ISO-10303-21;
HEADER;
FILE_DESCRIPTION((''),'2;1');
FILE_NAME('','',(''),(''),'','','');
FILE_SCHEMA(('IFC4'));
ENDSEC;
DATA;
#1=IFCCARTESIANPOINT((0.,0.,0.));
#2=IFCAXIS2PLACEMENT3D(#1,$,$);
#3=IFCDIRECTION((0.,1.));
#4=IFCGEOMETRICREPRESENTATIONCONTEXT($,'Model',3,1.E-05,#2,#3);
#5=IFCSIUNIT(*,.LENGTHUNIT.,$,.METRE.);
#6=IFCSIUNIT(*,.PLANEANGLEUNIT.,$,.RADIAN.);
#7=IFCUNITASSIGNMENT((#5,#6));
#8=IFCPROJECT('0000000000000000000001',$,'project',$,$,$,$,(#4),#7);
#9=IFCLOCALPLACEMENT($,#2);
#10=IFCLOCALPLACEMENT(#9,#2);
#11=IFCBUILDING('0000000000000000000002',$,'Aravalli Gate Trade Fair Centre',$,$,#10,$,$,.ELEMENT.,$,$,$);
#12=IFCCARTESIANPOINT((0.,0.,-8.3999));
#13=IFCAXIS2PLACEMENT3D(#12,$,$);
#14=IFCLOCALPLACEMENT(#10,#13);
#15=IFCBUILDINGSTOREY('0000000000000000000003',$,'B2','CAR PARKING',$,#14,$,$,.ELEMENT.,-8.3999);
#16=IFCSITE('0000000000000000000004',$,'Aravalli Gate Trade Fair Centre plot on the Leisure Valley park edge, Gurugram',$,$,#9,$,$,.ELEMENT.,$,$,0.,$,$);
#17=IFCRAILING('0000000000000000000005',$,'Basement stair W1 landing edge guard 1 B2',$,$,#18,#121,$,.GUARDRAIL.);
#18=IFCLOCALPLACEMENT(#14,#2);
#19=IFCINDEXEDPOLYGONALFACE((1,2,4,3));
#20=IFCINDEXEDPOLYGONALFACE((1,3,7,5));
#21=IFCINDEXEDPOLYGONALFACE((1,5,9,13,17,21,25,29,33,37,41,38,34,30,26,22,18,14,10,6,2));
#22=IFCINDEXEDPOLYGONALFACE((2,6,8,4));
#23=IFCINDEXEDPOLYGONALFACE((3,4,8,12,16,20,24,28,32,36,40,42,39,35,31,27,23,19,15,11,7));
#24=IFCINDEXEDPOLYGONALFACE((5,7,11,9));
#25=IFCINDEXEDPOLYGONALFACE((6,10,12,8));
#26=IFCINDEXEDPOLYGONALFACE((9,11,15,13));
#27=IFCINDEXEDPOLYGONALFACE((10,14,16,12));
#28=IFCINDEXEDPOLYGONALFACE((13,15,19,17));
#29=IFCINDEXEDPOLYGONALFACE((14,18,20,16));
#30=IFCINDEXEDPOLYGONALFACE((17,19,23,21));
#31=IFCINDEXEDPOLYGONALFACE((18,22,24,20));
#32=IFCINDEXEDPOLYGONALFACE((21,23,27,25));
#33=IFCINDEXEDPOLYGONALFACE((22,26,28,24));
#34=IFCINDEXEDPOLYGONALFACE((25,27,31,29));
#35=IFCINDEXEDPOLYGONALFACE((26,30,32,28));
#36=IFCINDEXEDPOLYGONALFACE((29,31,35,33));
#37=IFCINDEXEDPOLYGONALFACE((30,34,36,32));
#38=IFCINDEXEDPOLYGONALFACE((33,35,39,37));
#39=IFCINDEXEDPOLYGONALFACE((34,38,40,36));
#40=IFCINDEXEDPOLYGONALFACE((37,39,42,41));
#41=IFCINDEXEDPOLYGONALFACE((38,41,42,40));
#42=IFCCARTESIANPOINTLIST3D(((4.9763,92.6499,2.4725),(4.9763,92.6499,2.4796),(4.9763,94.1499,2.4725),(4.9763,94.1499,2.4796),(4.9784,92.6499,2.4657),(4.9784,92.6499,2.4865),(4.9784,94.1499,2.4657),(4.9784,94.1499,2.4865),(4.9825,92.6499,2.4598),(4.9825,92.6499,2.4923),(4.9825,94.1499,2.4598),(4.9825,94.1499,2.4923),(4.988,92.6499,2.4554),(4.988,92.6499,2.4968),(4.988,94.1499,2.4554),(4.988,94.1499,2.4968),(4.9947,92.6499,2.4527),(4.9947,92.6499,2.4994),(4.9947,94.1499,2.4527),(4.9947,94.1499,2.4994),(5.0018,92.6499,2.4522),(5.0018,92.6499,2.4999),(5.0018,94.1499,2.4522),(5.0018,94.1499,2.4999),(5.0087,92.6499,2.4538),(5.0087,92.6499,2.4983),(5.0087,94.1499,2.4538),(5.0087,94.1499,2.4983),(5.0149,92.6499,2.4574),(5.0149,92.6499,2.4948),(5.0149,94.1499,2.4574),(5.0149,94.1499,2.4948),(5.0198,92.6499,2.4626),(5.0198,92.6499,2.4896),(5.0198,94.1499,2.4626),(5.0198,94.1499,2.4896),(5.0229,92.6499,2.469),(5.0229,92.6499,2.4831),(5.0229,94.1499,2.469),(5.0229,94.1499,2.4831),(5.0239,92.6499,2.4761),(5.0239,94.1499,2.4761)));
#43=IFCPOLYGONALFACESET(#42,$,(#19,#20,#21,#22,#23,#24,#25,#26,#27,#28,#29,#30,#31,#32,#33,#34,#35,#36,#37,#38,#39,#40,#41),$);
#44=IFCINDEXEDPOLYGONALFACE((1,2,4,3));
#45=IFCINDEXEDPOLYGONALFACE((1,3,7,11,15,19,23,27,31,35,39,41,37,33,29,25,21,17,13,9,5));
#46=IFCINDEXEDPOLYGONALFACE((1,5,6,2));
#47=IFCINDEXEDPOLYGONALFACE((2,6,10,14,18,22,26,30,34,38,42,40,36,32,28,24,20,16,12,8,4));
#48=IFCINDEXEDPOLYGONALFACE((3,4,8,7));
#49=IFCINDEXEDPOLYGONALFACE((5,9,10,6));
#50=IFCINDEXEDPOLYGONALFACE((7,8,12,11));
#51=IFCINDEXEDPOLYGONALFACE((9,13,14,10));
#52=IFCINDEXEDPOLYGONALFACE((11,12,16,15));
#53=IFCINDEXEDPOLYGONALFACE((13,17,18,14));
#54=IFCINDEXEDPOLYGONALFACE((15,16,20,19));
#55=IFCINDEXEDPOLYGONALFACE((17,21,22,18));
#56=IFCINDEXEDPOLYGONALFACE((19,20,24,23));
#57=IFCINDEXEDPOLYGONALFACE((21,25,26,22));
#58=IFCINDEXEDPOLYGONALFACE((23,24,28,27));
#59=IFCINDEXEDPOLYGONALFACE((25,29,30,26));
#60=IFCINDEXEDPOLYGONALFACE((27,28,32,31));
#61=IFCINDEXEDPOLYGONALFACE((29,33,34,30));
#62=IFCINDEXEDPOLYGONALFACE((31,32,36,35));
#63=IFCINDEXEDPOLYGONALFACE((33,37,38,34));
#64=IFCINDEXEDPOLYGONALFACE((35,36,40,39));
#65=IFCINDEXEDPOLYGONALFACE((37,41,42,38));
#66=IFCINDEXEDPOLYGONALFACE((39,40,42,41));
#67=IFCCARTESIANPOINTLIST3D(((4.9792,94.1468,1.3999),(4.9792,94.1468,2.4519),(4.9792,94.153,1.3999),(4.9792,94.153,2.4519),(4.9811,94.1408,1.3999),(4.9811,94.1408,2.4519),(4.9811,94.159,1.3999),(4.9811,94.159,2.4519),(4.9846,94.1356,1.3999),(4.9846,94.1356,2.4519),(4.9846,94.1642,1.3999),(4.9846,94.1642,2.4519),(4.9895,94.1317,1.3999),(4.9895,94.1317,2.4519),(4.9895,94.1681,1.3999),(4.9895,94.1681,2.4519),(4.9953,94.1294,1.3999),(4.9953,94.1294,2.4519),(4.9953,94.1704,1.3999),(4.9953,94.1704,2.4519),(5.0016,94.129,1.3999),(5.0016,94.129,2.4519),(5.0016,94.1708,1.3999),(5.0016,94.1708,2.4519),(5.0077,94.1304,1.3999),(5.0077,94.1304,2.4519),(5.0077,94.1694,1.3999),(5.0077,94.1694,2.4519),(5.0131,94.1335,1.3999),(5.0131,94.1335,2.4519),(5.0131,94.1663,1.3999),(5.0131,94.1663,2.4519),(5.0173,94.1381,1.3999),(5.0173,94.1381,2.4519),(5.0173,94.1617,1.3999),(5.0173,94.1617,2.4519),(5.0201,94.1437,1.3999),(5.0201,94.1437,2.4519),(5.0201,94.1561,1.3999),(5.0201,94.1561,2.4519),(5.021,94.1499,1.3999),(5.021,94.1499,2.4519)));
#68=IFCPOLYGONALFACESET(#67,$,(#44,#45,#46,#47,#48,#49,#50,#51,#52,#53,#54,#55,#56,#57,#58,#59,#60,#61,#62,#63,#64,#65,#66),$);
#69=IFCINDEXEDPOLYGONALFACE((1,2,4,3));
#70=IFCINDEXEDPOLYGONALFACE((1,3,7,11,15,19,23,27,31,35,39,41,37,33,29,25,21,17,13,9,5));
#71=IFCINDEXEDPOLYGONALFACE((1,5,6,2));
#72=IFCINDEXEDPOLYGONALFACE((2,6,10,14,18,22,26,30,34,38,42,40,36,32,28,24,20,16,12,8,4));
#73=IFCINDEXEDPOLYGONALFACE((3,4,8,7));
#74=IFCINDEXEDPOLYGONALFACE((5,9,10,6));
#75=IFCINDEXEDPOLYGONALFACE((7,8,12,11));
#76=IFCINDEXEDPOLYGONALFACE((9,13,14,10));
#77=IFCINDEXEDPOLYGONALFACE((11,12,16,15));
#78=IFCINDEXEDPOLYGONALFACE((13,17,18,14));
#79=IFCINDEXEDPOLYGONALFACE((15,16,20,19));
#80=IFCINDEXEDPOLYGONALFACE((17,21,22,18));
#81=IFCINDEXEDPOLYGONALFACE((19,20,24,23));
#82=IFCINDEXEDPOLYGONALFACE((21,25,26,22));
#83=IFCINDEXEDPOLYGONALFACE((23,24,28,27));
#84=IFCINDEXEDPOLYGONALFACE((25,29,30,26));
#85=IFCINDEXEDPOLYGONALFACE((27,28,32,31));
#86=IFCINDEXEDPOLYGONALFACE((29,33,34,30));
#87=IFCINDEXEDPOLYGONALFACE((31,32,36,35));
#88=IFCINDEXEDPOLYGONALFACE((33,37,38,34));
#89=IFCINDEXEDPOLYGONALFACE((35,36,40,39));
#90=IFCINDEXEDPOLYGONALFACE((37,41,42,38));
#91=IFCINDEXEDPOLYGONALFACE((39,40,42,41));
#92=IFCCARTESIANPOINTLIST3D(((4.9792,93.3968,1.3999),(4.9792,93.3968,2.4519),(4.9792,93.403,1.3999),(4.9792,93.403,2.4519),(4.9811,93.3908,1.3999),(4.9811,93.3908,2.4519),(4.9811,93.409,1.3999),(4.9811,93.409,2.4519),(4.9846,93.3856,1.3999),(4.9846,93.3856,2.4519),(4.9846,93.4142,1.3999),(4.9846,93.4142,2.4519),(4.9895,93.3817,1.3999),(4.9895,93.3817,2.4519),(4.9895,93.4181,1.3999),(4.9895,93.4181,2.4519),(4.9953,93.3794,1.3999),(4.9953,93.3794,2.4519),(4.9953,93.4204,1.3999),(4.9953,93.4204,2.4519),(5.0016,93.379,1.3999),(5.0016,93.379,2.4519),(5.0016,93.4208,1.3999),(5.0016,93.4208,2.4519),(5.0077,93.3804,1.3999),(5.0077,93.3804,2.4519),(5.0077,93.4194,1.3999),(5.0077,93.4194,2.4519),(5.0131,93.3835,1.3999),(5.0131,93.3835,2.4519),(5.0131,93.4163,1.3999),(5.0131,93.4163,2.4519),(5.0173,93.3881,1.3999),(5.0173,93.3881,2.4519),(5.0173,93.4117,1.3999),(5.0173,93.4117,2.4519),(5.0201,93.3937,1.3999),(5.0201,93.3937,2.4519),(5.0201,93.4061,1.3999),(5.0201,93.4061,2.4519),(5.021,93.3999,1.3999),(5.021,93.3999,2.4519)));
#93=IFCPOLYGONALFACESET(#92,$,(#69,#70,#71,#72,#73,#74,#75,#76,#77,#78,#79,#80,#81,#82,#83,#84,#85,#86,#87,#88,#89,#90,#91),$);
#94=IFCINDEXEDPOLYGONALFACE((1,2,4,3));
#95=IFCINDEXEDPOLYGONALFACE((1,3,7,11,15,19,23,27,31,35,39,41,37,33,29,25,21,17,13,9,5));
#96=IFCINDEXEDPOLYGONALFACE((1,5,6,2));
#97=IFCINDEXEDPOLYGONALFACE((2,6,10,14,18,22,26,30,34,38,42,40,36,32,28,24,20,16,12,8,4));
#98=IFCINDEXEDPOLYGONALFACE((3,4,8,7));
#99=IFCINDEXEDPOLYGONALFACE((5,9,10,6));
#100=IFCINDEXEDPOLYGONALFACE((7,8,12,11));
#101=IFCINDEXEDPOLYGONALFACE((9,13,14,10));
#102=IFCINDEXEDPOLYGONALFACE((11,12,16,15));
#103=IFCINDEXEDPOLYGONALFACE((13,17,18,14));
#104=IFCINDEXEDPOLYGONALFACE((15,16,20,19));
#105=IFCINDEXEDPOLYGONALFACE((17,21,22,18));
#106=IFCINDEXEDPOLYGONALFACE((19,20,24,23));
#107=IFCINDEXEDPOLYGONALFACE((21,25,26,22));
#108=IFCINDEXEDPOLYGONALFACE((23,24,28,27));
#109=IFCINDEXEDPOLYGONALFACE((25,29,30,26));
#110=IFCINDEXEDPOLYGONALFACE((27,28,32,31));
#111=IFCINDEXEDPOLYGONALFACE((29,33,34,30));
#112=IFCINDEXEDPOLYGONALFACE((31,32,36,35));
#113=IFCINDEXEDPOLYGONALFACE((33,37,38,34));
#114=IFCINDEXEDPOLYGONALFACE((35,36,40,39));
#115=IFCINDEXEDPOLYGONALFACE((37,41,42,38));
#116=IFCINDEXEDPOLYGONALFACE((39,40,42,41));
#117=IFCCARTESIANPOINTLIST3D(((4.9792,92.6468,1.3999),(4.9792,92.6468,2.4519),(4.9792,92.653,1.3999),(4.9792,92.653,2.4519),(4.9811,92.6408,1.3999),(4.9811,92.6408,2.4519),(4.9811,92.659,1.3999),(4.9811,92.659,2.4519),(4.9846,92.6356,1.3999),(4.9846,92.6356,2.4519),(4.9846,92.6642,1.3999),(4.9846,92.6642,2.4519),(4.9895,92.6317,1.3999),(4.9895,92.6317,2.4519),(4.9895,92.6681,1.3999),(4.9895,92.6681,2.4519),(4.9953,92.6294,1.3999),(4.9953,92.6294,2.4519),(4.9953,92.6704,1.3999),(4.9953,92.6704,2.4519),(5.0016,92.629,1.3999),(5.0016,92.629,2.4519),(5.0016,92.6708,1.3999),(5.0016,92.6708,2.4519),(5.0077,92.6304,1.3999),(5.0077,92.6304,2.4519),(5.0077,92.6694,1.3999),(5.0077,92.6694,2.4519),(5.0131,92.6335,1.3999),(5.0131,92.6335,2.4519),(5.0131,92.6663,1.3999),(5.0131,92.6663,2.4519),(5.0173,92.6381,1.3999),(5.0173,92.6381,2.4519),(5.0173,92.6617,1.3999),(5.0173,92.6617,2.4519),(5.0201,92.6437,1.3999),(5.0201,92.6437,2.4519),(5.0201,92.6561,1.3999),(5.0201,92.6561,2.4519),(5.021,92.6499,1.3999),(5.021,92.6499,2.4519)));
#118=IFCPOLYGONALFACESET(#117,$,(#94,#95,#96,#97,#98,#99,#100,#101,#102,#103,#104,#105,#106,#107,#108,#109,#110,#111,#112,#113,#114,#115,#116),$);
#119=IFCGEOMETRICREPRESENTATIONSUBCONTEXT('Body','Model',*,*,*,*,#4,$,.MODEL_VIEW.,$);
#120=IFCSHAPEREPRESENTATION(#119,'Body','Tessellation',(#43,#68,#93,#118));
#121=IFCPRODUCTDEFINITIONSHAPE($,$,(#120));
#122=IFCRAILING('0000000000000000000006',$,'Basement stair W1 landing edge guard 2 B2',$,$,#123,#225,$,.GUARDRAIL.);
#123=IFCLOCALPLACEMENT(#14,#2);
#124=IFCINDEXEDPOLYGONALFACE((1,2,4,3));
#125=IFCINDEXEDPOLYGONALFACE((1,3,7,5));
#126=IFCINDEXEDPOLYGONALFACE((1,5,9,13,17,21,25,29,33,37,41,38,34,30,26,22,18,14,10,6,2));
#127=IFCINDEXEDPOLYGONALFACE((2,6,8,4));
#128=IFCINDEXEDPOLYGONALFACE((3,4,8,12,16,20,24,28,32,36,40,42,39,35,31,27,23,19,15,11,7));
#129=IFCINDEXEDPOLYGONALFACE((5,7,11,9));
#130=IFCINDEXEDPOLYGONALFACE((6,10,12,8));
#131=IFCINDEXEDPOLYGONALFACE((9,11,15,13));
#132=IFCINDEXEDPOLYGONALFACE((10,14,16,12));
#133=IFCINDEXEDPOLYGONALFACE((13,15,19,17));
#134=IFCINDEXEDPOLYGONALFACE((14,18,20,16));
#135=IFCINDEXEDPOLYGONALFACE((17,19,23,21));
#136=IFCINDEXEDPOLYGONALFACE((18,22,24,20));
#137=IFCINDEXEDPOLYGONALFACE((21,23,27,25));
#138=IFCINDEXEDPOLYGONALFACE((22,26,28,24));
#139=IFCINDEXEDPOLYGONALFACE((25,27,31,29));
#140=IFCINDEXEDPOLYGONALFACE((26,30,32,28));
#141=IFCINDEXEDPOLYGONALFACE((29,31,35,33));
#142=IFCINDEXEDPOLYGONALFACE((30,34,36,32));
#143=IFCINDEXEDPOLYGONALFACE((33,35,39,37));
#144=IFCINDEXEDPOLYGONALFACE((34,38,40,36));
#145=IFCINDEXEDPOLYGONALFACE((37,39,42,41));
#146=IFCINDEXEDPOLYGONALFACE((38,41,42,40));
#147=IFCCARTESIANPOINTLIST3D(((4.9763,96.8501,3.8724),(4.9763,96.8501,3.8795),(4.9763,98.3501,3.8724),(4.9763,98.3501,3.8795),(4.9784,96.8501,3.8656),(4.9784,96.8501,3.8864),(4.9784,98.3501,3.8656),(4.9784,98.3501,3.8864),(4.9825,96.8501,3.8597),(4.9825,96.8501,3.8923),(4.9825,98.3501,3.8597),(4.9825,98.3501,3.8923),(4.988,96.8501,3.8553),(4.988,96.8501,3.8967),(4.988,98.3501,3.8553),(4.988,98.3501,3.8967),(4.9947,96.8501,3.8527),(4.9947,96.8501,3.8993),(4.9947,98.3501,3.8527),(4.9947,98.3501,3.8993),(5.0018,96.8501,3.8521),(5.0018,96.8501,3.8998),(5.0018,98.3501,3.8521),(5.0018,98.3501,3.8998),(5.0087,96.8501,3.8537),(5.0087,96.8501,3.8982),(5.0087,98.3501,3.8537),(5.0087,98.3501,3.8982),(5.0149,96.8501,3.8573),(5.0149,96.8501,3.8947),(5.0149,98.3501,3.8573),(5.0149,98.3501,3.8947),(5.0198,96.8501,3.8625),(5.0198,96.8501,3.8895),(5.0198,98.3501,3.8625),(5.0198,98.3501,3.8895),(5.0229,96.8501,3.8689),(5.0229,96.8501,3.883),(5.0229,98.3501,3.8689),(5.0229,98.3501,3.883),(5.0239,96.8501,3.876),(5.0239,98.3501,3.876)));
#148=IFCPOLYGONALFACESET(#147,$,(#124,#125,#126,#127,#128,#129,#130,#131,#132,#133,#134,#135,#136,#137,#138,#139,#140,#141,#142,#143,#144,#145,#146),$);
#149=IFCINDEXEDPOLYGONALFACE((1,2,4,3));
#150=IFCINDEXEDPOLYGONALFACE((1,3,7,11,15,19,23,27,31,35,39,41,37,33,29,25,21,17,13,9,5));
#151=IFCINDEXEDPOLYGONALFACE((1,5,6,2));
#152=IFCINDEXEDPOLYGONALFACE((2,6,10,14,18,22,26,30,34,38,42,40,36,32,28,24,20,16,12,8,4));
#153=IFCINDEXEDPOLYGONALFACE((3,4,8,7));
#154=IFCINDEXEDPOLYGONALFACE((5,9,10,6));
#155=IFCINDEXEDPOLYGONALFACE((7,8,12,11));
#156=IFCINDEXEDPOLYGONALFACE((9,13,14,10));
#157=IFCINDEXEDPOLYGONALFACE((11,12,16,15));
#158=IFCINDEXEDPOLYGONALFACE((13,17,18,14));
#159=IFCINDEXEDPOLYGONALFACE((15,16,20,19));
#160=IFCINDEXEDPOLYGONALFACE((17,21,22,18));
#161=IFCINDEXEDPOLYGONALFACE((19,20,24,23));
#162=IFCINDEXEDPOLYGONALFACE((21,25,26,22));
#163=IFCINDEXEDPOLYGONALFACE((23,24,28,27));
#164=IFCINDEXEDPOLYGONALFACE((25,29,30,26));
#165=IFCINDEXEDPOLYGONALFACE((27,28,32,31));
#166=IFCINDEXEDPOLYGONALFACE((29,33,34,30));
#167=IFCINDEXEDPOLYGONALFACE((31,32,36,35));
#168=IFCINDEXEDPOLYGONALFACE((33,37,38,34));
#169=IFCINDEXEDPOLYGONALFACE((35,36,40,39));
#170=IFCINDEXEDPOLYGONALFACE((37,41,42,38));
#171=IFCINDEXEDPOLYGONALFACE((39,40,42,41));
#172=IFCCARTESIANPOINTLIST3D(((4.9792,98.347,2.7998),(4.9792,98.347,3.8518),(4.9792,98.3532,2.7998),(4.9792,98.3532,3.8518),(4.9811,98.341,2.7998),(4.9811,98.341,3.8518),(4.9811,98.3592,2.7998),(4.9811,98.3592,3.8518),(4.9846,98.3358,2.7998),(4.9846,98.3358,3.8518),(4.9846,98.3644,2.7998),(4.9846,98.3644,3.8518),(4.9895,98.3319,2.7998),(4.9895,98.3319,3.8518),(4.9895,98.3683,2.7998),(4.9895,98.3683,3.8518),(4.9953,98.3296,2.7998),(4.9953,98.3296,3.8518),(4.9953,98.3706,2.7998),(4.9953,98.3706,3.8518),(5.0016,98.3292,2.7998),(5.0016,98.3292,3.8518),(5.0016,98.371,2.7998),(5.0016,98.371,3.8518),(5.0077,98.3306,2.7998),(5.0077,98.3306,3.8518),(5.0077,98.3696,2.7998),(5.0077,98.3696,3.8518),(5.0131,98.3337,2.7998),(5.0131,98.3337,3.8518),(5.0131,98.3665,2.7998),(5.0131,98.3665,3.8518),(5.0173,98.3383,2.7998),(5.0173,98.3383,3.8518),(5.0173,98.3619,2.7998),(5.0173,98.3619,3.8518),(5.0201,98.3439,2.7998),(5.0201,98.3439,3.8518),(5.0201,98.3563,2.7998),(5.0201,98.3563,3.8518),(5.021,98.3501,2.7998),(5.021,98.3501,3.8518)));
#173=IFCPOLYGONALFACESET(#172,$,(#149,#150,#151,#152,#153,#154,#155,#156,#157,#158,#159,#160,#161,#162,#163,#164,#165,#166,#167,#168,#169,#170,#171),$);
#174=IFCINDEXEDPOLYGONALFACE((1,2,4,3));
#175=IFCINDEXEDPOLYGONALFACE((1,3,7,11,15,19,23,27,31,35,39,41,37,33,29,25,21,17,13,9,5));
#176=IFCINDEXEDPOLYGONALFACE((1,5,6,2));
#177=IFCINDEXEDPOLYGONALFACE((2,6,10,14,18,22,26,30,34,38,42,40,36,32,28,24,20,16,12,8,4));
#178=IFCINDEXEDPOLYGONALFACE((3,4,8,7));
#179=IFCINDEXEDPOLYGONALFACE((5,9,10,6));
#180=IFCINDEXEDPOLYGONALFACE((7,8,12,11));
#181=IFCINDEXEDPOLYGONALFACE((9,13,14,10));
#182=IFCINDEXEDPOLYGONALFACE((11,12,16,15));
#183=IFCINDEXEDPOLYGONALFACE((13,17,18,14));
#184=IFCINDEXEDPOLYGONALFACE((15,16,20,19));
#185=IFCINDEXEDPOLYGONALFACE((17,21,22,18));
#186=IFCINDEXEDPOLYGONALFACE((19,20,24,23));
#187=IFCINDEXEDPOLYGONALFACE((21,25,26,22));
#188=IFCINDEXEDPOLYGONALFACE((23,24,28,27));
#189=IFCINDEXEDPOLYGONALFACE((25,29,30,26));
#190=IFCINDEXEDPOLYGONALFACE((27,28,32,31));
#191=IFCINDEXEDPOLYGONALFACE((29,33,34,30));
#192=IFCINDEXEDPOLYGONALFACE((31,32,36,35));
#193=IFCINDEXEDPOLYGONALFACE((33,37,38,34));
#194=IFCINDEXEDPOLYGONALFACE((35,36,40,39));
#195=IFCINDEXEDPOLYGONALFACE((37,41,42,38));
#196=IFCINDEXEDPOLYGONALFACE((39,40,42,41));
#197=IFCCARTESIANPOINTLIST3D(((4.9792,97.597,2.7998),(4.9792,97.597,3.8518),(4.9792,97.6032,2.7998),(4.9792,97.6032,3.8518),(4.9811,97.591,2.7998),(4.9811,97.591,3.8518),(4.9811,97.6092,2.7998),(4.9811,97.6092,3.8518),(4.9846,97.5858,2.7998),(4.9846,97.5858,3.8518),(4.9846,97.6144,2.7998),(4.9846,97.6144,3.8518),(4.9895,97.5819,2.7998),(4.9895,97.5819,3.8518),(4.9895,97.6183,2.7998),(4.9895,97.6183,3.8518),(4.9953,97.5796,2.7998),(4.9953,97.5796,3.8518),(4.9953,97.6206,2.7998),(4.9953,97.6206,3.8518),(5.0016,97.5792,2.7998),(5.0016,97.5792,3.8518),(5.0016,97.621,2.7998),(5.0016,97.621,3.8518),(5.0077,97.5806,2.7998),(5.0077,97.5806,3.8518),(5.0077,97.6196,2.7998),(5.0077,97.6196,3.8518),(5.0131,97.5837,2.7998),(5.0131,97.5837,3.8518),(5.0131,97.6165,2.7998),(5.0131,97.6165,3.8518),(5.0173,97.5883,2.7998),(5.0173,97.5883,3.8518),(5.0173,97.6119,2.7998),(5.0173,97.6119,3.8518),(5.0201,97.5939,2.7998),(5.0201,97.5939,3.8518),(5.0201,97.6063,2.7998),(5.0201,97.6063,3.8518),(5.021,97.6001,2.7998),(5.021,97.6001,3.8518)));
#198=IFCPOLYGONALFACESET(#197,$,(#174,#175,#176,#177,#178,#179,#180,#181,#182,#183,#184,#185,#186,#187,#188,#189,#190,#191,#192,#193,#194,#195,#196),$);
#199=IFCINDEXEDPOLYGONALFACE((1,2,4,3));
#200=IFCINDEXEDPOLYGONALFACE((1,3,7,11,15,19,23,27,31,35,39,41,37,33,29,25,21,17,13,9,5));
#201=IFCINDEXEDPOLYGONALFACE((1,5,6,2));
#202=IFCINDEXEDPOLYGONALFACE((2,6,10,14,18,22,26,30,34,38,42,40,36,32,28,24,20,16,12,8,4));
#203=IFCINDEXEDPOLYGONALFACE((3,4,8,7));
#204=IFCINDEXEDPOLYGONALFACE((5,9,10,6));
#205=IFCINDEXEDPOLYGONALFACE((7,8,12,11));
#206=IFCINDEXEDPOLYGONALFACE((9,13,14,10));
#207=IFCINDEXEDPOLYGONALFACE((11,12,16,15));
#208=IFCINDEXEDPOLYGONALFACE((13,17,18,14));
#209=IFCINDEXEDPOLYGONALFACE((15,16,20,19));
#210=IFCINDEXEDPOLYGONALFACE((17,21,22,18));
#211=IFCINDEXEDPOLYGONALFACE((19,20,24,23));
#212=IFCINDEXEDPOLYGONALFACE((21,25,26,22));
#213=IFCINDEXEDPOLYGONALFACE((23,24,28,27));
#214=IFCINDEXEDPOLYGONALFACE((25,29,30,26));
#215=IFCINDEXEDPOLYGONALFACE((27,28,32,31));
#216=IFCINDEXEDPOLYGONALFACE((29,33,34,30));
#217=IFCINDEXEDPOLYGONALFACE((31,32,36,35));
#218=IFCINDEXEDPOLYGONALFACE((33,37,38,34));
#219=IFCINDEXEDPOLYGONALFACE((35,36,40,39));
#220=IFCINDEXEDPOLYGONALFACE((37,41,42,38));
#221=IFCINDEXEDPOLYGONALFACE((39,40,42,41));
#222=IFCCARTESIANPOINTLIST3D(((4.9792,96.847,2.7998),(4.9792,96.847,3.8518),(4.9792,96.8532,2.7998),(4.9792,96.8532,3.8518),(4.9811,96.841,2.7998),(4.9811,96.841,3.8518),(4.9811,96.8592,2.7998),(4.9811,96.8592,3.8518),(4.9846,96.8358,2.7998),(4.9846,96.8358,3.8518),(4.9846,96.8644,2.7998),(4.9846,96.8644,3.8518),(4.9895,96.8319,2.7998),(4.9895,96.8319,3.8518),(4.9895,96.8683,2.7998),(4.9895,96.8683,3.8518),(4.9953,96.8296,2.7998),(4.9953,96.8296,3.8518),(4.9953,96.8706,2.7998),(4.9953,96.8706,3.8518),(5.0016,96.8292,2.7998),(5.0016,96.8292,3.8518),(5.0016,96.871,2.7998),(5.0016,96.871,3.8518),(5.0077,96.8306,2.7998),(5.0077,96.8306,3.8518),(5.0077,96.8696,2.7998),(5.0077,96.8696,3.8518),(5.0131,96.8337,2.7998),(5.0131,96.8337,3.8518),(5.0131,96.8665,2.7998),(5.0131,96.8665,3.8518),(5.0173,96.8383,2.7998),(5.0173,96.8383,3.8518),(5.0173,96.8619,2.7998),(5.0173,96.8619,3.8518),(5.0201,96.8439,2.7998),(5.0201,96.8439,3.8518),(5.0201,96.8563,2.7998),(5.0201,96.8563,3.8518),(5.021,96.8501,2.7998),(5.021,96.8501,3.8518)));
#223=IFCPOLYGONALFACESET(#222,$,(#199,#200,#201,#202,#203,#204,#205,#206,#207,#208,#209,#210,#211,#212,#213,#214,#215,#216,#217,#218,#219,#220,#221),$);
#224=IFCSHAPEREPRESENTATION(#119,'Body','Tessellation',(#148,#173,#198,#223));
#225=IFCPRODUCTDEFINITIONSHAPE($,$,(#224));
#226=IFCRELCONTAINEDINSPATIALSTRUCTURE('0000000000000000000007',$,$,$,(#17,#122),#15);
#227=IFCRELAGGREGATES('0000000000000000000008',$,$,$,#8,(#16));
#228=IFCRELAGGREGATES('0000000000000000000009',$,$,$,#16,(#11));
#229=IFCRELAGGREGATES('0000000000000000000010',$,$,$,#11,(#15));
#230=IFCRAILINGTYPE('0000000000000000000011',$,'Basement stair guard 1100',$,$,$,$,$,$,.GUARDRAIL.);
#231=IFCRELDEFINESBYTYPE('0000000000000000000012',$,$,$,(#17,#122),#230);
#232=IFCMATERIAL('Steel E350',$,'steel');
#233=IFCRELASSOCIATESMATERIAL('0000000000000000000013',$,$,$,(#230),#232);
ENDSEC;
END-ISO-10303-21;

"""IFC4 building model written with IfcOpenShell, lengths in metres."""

from ifc_helpers import new_model, si_unit, direction, frame, origin, origin_2d, place, context, subcontext, project, spatial, circle, extrude, material, type_object, element, save


model = new_model("IFC4")

# Units and contexts
model_context = context("Model", 3, precision=1e-05, world=origin(), true_north=direction((0.0, 1.0)))
body_context = subcontext(model_context, "Body", "Model", "MODEL_VIEW")
ifc_project = project(units=[si_unit("LENGTHUNIT", "METRE"), si_unit("PLANEANGLEUNIT", "RADIAN")], contexts=[model_context])

# Site, building, storey
site_placement = place(None, origin())
site = spatial("IfcSite", under=ifc_project, at=site_placement, Name="Aravalli Gate Trade Fair Centre plot on the Leisure Valley park edge, Gurugram", CompositionType="ELEMENT", RefElevation=0.0)
building_placement = place(site_placement, origin())
building = spatial("IfcBuilding", under=site, at=building_placement, Name="Aravalli Gate Trade Fair Centre", CompositionType="ELEMENT")
storey_placement = place(building_placement, frame((0.0, 0.0, -8.3999)))
storey = spatial("IfcBuildingStorey", under=building, at=storey_placement, Name="B2", Description="CAR PARKING", CompositionType="ELEMENT", Elevation=-8.3999)

# Railings
ifc_material_1 = material(Name="Steel E350", Category="steel")
railing_type_1 = type_object("IfcRailingType", Name="Basement stair guard 1100", PredefinedType="GUARDRAIL", material=ifc_material_1)
for number, where, name in (
    (1, (5.0, 94.1499, 1.3999), "Basement stair W1 landing edge guard 1 B2"),
    (2, (5.0, 98.3501, 2.7998), "Basement stair W1 landing edge guard 2 B2"),
):
    element("IfcRailing", number, at=place(storey_placement, frame(where)), inside=storey, type_object=railing_type_1, Name=name, PredefinedType="GUARDRAIL", context=body_context, shape_type="SweptSolid", body=[
        extrude(circle(Radius=0.0239, at=origin_2d()), frame((0.0, 0.0, 1.0762), z_axis=(0.0, -1.0, 0.0), x_axis=(1.0, 0.0, 0.0)), (0.0, 0.0, 1.0), 1.5),
        extrude(circle(Radius=0.021, at=origin_2d()), origin(), (0.0, 0.0, 1.0), 1.052),
        extrude(circle(Radius=0.021, at=origin_2d()), frame((0.0, -0.75, 0.0)), (0.0, 0.0, 1.0), 1.052),
        extrude(circle(Radius=0.021, at=origin_2d()), frame((0.0, -1.5, 0.0)), (0.0, 0.0, 1.0), 1.052),
    ])

save(model, "model.ifc")
